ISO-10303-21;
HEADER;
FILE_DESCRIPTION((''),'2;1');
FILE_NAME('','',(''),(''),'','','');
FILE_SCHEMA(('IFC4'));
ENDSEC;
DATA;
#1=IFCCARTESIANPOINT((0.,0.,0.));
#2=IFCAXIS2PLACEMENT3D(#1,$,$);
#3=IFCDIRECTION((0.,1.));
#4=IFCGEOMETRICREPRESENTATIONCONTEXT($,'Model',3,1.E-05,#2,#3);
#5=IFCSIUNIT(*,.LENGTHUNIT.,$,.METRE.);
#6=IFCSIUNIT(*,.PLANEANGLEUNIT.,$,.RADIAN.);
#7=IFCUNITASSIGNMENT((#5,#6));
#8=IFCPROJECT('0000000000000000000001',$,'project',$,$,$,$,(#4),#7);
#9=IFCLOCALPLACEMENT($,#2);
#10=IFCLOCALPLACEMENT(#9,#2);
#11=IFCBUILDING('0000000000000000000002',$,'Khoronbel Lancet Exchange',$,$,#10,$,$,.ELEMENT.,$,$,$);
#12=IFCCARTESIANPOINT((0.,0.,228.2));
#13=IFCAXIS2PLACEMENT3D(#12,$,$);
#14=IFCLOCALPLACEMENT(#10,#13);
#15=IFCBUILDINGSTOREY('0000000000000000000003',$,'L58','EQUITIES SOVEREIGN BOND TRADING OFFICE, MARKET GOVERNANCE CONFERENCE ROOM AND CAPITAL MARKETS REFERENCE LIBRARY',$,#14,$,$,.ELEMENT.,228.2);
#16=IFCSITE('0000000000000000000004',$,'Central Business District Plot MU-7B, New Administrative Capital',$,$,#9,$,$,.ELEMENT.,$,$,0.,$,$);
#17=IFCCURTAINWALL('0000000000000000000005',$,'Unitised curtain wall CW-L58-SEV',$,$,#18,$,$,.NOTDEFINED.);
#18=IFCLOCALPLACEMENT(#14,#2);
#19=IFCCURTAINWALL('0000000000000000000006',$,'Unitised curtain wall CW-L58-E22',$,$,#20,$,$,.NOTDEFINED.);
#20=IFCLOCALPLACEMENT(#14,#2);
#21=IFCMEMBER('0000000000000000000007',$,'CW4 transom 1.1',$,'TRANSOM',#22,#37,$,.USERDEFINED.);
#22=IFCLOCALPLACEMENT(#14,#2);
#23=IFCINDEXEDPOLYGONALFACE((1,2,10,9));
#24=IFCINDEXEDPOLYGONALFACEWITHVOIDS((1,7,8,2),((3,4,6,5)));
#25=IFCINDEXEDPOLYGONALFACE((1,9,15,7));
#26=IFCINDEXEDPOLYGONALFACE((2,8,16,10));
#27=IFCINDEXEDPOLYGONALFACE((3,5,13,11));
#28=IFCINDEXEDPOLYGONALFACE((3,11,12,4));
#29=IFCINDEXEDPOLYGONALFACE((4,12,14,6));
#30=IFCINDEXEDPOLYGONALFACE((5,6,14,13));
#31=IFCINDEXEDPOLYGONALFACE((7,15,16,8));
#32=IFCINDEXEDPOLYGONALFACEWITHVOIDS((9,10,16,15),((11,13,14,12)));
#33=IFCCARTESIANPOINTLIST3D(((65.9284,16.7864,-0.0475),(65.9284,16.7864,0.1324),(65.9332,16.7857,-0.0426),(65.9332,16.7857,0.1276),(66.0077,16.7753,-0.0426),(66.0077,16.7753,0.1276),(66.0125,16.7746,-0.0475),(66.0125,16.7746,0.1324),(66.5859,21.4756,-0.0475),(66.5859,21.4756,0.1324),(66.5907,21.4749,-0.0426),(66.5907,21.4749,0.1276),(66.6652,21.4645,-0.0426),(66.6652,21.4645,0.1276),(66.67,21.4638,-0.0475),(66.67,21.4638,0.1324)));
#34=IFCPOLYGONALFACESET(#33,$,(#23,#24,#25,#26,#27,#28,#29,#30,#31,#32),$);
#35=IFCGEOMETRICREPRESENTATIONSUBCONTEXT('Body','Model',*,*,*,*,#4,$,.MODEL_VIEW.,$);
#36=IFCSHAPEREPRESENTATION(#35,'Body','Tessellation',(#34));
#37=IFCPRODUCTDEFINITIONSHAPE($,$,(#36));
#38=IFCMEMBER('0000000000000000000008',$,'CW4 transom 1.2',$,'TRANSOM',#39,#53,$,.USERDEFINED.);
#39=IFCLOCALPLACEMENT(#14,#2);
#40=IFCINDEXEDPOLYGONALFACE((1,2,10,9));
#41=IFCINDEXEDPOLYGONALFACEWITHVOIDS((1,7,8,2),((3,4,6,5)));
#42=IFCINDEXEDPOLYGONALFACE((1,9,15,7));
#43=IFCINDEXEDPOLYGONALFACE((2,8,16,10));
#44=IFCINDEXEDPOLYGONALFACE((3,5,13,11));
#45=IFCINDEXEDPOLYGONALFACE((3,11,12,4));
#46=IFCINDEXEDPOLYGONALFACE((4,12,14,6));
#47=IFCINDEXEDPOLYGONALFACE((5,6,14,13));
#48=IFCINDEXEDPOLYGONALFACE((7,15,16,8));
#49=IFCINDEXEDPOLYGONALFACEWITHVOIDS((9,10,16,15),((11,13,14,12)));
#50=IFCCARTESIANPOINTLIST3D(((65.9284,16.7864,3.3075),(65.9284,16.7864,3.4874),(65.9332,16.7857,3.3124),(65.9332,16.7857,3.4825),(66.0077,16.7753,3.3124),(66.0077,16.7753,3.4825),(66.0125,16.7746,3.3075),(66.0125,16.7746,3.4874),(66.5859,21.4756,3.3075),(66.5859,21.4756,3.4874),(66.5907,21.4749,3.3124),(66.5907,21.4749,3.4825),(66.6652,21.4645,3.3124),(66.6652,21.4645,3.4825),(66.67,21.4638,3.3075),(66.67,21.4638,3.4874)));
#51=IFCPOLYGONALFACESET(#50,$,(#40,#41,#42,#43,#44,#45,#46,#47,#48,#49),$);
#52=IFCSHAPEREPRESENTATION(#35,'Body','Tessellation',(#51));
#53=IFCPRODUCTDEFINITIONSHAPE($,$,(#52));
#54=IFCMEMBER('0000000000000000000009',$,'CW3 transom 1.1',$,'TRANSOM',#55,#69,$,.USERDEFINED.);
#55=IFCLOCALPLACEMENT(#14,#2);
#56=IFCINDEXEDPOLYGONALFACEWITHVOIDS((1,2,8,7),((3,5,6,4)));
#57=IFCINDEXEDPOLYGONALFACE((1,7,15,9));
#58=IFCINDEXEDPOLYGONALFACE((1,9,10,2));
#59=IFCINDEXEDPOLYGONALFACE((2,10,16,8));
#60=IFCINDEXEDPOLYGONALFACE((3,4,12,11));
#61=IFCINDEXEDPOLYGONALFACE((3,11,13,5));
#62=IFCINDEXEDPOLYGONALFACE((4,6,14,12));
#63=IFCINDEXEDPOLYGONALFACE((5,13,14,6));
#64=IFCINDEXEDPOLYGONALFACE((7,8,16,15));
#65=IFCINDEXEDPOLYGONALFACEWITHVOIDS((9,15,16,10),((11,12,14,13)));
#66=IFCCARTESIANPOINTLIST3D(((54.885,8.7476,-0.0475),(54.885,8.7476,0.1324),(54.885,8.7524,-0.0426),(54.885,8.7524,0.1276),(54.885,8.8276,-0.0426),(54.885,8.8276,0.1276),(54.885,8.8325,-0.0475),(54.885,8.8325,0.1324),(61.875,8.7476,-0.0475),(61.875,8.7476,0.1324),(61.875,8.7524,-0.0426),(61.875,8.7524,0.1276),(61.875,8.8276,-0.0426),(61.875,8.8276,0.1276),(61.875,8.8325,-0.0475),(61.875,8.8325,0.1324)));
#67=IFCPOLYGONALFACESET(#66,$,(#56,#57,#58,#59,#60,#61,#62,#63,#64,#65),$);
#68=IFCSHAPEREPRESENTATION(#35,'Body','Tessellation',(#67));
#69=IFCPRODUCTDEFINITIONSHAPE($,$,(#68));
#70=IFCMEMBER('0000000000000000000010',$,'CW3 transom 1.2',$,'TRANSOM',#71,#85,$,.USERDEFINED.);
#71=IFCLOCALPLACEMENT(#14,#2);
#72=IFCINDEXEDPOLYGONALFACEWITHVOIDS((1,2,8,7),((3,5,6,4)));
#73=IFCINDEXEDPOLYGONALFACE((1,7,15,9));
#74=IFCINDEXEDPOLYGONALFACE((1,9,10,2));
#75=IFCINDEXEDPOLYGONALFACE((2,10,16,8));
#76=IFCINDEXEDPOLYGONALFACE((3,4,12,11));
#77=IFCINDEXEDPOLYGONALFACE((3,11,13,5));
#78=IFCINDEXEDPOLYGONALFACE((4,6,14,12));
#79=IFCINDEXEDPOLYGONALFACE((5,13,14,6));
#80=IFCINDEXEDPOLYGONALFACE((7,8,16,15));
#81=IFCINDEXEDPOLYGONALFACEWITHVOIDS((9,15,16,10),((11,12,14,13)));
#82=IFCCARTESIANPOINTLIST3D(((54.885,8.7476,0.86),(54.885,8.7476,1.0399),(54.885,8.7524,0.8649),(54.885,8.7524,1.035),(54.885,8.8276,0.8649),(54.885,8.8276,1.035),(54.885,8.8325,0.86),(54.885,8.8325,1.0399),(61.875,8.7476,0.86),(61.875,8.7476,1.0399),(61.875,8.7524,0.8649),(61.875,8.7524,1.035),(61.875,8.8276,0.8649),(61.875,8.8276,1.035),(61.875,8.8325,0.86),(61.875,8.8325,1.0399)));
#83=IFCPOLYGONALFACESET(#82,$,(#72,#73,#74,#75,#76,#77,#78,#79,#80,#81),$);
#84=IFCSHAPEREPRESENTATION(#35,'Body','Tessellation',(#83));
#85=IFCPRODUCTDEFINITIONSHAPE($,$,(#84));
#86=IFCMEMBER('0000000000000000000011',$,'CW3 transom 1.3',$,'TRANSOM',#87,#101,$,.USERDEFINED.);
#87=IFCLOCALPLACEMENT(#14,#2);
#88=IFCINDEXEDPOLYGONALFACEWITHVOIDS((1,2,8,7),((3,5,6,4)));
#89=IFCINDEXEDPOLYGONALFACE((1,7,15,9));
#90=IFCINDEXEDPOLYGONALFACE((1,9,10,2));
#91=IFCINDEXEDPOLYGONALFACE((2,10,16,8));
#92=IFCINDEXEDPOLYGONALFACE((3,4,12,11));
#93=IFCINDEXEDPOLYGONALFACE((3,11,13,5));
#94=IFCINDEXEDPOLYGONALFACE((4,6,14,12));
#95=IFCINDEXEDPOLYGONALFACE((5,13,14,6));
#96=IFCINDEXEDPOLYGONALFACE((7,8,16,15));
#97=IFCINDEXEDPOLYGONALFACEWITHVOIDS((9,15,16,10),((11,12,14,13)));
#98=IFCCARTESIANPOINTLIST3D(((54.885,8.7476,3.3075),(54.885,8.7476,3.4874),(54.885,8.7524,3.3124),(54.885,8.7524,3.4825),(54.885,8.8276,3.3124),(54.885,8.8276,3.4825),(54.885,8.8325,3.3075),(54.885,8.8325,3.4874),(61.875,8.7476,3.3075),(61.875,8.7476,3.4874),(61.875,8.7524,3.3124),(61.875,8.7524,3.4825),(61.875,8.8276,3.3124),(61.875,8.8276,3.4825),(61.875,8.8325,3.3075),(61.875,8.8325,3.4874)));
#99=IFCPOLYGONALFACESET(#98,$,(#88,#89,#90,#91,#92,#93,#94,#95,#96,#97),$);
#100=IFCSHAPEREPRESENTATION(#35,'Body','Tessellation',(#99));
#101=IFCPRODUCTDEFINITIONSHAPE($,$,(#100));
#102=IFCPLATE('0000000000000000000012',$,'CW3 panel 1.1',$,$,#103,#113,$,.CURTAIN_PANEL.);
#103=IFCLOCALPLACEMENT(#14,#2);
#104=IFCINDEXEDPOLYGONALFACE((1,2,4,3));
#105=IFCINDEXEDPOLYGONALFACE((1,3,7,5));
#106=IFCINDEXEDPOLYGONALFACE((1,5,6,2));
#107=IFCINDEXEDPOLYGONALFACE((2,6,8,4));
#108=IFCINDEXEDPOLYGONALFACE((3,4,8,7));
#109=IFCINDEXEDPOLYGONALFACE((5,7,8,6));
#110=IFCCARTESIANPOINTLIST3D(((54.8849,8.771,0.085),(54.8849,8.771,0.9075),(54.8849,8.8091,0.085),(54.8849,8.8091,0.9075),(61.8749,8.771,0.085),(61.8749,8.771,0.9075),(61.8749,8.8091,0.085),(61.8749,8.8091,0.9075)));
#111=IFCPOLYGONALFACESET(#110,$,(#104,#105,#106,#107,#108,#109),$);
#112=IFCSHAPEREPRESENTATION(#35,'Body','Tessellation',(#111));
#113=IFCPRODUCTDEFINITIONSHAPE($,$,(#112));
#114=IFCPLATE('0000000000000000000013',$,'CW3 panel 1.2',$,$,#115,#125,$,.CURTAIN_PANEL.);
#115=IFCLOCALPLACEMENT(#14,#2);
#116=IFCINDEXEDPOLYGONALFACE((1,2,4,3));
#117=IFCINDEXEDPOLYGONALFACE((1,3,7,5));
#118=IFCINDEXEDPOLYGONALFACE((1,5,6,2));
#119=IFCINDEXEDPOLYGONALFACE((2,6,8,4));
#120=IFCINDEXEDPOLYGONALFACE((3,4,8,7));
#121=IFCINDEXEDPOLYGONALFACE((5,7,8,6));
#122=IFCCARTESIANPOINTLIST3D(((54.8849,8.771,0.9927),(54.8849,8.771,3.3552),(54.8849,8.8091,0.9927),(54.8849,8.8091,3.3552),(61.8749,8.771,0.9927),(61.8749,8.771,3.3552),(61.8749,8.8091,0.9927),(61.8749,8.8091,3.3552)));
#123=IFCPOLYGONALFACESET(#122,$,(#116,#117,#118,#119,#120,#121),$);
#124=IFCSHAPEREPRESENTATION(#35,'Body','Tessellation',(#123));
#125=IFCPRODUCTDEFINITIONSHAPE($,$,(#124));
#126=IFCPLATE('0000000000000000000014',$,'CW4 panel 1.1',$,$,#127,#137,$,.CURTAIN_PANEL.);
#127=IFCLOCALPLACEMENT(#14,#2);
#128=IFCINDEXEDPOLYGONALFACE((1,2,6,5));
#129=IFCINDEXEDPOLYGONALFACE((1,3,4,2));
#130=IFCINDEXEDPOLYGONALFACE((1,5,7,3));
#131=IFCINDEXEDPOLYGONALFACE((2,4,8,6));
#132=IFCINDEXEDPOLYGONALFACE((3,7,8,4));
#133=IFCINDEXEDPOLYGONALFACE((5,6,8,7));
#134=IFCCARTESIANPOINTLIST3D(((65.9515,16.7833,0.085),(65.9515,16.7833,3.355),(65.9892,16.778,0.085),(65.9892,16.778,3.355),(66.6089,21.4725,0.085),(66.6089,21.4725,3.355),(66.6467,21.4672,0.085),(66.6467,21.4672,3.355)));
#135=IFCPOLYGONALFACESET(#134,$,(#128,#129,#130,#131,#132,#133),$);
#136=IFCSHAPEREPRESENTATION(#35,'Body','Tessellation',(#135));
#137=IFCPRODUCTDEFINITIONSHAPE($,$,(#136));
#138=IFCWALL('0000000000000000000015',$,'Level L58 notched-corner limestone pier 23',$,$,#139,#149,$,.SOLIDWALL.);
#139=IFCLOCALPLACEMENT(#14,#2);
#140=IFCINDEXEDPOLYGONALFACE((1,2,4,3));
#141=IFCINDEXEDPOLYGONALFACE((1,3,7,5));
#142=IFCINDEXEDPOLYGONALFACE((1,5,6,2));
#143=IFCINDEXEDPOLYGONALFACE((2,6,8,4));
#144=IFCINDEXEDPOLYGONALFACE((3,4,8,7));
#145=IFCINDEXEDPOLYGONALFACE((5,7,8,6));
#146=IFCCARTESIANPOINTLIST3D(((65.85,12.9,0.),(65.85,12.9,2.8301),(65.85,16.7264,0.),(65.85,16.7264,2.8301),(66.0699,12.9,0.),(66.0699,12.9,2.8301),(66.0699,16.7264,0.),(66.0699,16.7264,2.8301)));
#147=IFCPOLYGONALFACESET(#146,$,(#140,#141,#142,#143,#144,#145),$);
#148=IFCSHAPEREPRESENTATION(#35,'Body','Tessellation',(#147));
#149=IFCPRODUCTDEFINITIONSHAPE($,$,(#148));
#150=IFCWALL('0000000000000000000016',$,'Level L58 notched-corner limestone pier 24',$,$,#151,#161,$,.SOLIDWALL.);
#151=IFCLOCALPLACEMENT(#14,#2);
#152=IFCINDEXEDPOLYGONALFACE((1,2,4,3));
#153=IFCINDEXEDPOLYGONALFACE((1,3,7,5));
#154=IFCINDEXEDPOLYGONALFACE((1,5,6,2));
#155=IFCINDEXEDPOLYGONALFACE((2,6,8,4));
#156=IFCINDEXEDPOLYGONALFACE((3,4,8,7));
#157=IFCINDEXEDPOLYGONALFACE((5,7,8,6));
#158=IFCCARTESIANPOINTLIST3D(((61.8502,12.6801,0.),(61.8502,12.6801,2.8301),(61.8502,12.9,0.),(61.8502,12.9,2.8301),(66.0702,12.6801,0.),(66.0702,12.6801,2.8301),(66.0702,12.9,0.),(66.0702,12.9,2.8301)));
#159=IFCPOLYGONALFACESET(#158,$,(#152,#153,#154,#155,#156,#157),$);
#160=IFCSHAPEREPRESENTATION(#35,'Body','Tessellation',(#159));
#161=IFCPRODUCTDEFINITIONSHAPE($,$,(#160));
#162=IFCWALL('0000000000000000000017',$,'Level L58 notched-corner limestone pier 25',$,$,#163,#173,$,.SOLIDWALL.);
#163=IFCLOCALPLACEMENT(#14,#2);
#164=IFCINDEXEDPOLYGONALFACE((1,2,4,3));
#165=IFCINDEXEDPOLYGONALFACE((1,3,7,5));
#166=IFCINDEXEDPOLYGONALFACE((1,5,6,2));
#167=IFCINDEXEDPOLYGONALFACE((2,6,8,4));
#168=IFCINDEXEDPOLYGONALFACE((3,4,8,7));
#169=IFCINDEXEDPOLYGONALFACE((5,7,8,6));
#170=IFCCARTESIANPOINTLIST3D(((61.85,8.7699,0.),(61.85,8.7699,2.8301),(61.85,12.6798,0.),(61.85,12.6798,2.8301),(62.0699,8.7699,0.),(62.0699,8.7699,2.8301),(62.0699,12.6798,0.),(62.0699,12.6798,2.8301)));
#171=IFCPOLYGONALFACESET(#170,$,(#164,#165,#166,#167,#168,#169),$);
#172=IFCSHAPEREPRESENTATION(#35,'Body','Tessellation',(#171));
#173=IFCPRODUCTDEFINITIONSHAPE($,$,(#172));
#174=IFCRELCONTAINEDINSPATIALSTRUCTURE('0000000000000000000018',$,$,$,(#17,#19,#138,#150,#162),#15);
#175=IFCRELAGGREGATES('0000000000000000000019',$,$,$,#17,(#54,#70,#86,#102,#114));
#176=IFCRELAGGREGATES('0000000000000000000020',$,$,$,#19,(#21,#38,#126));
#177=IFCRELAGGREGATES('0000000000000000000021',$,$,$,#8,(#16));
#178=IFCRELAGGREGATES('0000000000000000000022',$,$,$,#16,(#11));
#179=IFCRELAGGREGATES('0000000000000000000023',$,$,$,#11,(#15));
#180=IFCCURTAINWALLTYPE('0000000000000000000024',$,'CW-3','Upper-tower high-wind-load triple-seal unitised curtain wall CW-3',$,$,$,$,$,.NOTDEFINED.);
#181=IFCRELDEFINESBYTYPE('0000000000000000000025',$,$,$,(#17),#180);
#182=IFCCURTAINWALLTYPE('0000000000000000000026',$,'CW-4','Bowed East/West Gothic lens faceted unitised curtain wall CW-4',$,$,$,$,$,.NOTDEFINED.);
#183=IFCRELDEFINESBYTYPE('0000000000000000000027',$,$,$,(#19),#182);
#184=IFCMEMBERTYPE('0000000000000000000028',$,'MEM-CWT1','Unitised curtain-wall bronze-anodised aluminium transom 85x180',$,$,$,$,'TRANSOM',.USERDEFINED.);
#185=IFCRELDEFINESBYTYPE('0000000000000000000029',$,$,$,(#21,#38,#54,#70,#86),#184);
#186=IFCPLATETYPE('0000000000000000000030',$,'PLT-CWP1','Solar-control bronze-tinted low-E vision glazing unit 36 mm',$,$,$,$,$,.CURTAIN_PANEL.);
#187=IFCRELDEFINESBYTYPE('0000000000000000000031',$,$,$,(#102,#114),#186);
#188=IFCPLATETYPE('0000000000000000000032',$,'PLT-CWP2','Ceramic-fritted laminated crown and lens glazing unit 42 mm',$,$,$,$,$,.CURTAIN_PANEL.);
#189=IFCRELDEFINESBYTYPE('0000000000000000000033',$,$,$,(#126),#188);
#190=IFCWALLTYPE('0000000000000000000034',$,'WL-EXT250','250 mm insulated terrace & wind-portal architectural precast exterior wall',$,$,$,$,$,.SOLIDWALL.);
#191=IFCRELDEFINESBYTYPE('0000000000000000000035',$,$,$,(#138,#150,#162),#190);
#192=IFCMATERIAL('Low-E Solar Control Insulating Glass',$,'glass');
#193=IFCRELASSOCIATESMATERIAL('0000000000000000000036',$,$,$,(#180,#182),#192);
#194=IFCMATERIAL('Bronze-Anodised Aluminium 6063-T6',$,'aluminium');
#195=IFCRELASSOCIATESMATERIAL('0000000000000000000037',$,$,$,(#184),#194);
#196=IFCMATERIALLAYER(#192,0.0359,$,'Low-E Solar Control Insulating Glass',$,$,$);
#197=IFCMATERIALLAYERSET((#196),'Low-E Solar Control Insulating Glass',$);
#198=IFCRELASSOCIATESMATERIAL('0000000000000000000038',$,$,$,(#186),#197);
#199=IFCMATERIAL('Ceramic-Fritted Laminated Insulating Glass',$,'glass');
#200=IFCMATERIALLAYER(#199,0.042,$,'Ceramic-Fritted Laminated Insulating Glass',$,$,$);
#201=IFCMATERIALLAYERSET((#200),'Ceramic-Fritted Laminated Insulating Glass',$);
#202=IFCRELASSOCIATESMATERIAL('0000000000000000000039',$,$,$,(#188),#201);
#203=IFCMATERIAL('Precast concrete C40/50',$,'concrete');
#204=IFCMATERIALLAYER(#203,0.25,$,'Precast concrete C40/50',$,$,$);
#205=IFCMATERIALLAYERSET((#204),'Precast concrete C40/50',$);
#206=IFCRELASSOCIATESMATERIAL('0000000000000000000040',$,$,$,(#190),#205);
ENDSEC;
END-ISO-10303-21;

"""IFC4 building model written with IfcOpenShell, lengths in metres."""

from ifc_helpers import new_model, si_unit, direction, frame, frame_2d, origin, origin_2d, place, context, subcontext, project, spatial, rectangle, hollow_rectangle, extrude, material, layer, layer_set, material_profile, profile_set, type_object, element, aggregate, save


model = new_model("IFC4")

# Units and contexts
model_context = context("Model", 3, precision=1e-05, world=origin(), true_north=direction((0.0, 1.0)))
body_context = subcontext(model_context, "Body", "Model", "MODEL_VIEW")
ifc_project = project(units=[si_unit("LENGTHUNIT", "METRE"), si_unit("PLANEANGLEUNIT", "RADIAN")], contexts=[model_context])

# Site, building, storey
site_placement = place(None, origin())
site = spatial("IfcSite", under=ifc_project, at=site_placement, Name="Central Business District Plot MU-7B, New Administrative Capital", CompositionType="ELEMENT", RefElevation=0.0)
building_placement = place(site_placement, origin())
building = spatial("IfcBuilding", under=site, at=building_placement, Name="Khoronbel Lancet Exchange", CompositionType="ELEMENT")
storey_placement = place(building_placement, frame((0.0, 0.0, 228.2)))
storey = spatial("IfcBuildingStorey", under=building, at=storey_placement, Name="L58", Description="EQUITIES SOVEREIGN BOND TRADING OFFICE, MARKET GOVERNANCE CONFERENCE ROOM AND CAPITAL MARKETS REFERENCE LIBRARY", CompositionType="ELEMENT", Elevation=228.2)

# Shared definitions
ifc_material_1 = material(Name="Low-E Solar Control Insulating Glass", Category="glass")
curtain_wall_type_1 = type_object("IfcCurtainWallType", Name="CW-3", Description="Upper-tower high-wind-load triple-seal unitised curtain wall CW-3", PredefinedType="NOTDEFINED", material=ifc_material_1)
ifc_material_2 = material(Name="Bronze-Anodised Aluminium 6063-T6", Category="aluminium")

# Curtain walls, members
curtain_wall_1_placement = place(storey_placement, origin())
curtain_wall_1 = element("IfcCurtainWall", 1, at=curtain_wall_1_placement, inside=storey, type_object=curtain_wall_type_1, Name="Unitised curtain wall CW-L58-SEV", PredefinedType="NOTDEFINED")
curtain_wall_type_2 = type_object("IfcCurtainWallType", Name="CW-4", Description="Bowed East/West Gothic lens faceted unitised curtain wall CW-4", PredefinedType="NOTDEFINED", material=ifc_material_1)
curtain_wall_2_placement = place(storey_placement, origin())
curtain_wall_2 = element("IfcCurtainWall", 2, at=curtain_wall_2_placement, inside=storey, type_object=curtain_wall_type_2, Name="Unitised curtain wall CW-L58-E22", PredefinedType="NOTDEFINED")
ifc_material_profile_1 = material_profile(ifc_material_2, hollow_rectangle(XDim=0.085, YDim=0.1799, WallThickness=0.0049, at=origin_2d()), Name="ALU TRANSOM 85x180")
ifc_profile_set_1 = profile_set([ifc_material_profile_1], Name="Bronze-Anodised Aluminium 6063-T6")
member_type_1 = type_object("IfcMemberType", Name="MEM-CWT1", Description="Unitised curtain-wall bronze-anodised aluminium transom 85x180", ElementType="TRANSOM", PredefinedType="USERDEFINED", material=ifc_profile_set_1)
member_1_placement = place(storey_placement, frame((66.6279, 21.4697, 0.0425), z_axis=(-0.138851, -0.990313, 0.0), x_axis=(0.990313, -0.138851, 0.0)))
member_1 = element("IfcMember", 3, at=member_1_placement, type_object=member_type_1, Name="CW4 transom 1.1", ObjectType="TRANSOM", PredefinedType="USERDEFINED", context=body_context, shape_type="SweptSolid", body=[
    extrude(hollow_rectangle(XDim=0.085, YDim=0.1799, WallThickness=0.0049, at=origin_2d()), origin(), (0.0, 0.0, 1.0), 4.7351),
])
member_2_placement = place(storey_placement, frame((66.6279, 21.4697, 3.3975), z_axis=(-0.138851, -0.990313, 0.0), x_axis=(0.990313, -0.138851, 0.0)))
member_2 = element("IfcMember", 4, at=member_2_placement, type_object=member_type_1, Name="CW4 transom 1.2", ObjectType="TRANSOM", PredefinedType="USERDEFINED", context=body_context, shape_type="SweptSolid", body=[
    extrude(hollow_rectangle(XDim=0.085, YDim=0.1799, WallThickness=0.0049, at=origin_2d()), origin(), (0.0, 0.0, 1.0), 4.7351),
])

# Members
member_3_placement = place(storey_placement, frame((54.885, 8.79, 0.0425), z_axis=(1.0, 0.0, 0.0), x_axis=(0.0, 1.0, 0.0)))
member_3 = element("IfcMember", 5, at=member_3_placement, type_object=member_type_1, Name="CW3 transom 1.1", ObjectType="TRANSOM", PredefinedType="USERDEFINED", context=body_context, shape_type="SweptSolid", body=[
    extrude(hollow_rectangle(XDim=0.085, YDim=0.1799, WallThickness=0.0049, at=origin_2d()), origin(), (0.0, 0.0, 1.0), 6.99),
])
member_4_placement = place(storey_placement, frame((54.885, 8.79, 0.95), z_axis=(1.0, 0.0, 0.0), x_axis=(0.0, 1.0, 0.0)))
member_4 = element("IfcMember", 6, at=member_4_placement, type_object=member_type_1, Name="CW3 transom 1.2", ObjectType="TRANSOM", PredefinedType="USERDEFINED", context=body_context, shape_type="SweptSolid", body=[
    extrude(hollow_rectangle(XDim=0.085, YDim=0.1799, WallThickness=0.0049, at=origin_2d()), origin(), (0.0, 0.0, 1.0), 6.99),
])
member_5_placement = place(storey_placement, frame((54.885, 8.79, 3.3975), z_axis=(1.0, 0.0, 0.0), x_axis=(0.0, 1.0, 0.0)))
member_5 = element("IfcMember", 7, at=member_5_placement, type_object=member_type_1, Name="CW3 transom 1.3", ObjectType="TRANSOM", PredefinedType="USERDEFINED", context=body_context, shape_type="SweptSolid", body=[
    extrude(hollow_rectangle(XDim=0.085, YDim=0.1799, WallThickness=0.0049, at=origin_2d()), origin(), (0.0, 0.0, 1.0), 6.99),
])

# Plates
ifc_layer_1 = layer(ifc_material_1, 0.0359, Name="Low-E Solar Control Insulating Glass")
ifc_layer_set_1 = layer_set([ifc_layer_1], Name="Low-E Solar Control Insulating Glass")
plate_type_1 = type_object("IfcPlateType", Name="PLT-CWP1", Description="Solar-control bronze-tinted low-E vision glazing unit 36 mm", PredefinedType="CURTAIN_PANEL", material=ifc_layer_set_1)
plate_1_placement = place(storey_placement, frame((58.3799, 8.79, 0.085), z_axis=(0.0, 0.0, 1.0), x_axis=(1.0, 0.0, 0.0)))
plate_1 = element("IfcPlate", 8, at=plate_1_placement, type_object=plate_type_1, Name="CW3 panel 1.1", PredefinedType="CURTAIN_PANEL", context=body_context, shape_type="SweptSolid", body=[
    extrude(rectangle(XDim=6.99, YDim=0.0381, at=origin_2d()), origin(), (0.0, 0.0, 1.0), 0.8225),
])
plate_2_placement = place(storey_placement, frame((58.3799, 8.79, 0.9927), z_axis=(0.0, 0.0, 1.0), x_axis=(1.0, 0.0, 0.0)))
plate_2 = element("IfcPlate", 9, at=plate_2_placement, type_object=plate_type_1, Name="CW3 panel 1.2", PredefinedType="CURTAIN_PANEL", context=body_context, shape_type="SweptSolid", body=[
    extrude(rectangle(XDim=6.99, YDim=0.0381, at=origin_2d()), origin(), (0.0, 0.0, 1.0), 2.3625),
])
aggregate(curtain_wall_1, [member_3, member_4, member_5, plate_1, plate_2])
ifc_material_3 = material(Name="Ceramic-Fritted Laminated Insulating Glass", Category="glass")
ifc_layer_2 = layer(ifc_material_3, 0.042, Name="Ceramic-Fritted Laminated Insulating Glass")
ifc_layer_set_2 = layer_set([ifc_layer_2], Name="Ceramic-Fritted Laminated Insulating Glass")
plate_type_2 = type_object("IfcPlateType", Name="PLT-CWP2", Description="Ceramic-fritted laminated crown and lens glazing unit 42 mm", PredefinedType="CURTAIN_PANEL", material=ifc_layer_set_2)
plate_3_placement = place(storey_placement, frame((66.2991, 19.1252, 0.085), z_axis=(0.0, 0.0, 1.0), x_axis=(-0.13885, -0.990313, 0.0)))
plate_3 = element("IfcPlate", 10, at=plate_3_placement, type_object=plate_type_2, Name="CW4 panel 1.1", PredefinedType="CURTAIN_PANEL", context=body_context, shape_type="SweptSolid", body=[
    extrude(rectangle(XDim=4.7351, YDim=0.0381, at=origin_2d()), origin(), (0.0, 0.0, 1.0), 3.27),
])
aggregate(curtain_wall_2, [member_1, member_2, plate_3])

# Walls
ifc_material_4 = material(Name="Precast concrete C40/50", Category="concrete")
ifc_layer_3 = layer(ifc_material_4, 0.25, Name="Precast concrete C40/50")
ifc_layer_set_3 = layer_set([ifc_layer_3], Name="Precast concrete C40/50")
wall_type_1 = type_object("IfcWallType", Name="WL-EXT250", Description="250 mm insulated terrace & wind-portal architectural precast exterior wall", PredefinedType="SOLIDWALL", material=ifc_layer_set_3)
wall_1_placement = place(storey_placement, frame((65.96, 16.7263, 0.0), z_axis=(0.0, 0.0, 1.0), x_axis=(0.0, -1.0, 0.0)))
element("IfcWall", 11, at=wall_1_placement, inside=storey, type_object=wall_type_1, Name="Level L58 notched-corner limestone pier 23", PredefinedType="SOLIDWALL", context=body_context, shape_type="SweptSolid", body=[
    extrude(rectangle(XDim=3.8264, YDim=0.22, at=frame_2d((1.9131, 0.0))), origin(), (0.0, 0.0, 1.0), 2.8301),
])
wall_2_placement = place(storey_placement, frame((66.0701, 12.79, 0.0), z_axis=(0.0, 0.0, 1.0), x_axis=(-1.0, 0.0, 0.0)))
element("IfcWall", 12, at=wall_2_placement, inside=storey, type_object=wall_type_1, Name="Level L58 notched-corner limestone pier 24", PredefinedType="SOLIDWALL", context=body_context, shape_type="SweptSolid", body=[
    extrude(rectangle(XDim=4.22, YDim=0.22, at=frame_2d((2.1099, 0.0))), origin(), (0.0, 0.0, 1.0), 2.8301),
])
wall_3_placement = place(storey_placement, frame((61.96, 12.6799, 0.0), z_axis=(0.0, 0.0, 1.0), x_axis=(0.0, -1.0, 0.0)))
element("IfcWall", 13, at=wall_3_placement, inside=storey, type_object=wall_type_1, Name="Level L58 notched-corner limestone pier 25", PredefinedType="SOLIDWALL", context=body_context, shape_type="SweptSolid", body=[
    extrude(rectangle(XDim=3.9099, YDim=0.22, at=frame_2d((1.9551, 0.0))), origin(), (0.0, 0.0, 1.0), 2.8301),
])

save(model, "model.ifc")
